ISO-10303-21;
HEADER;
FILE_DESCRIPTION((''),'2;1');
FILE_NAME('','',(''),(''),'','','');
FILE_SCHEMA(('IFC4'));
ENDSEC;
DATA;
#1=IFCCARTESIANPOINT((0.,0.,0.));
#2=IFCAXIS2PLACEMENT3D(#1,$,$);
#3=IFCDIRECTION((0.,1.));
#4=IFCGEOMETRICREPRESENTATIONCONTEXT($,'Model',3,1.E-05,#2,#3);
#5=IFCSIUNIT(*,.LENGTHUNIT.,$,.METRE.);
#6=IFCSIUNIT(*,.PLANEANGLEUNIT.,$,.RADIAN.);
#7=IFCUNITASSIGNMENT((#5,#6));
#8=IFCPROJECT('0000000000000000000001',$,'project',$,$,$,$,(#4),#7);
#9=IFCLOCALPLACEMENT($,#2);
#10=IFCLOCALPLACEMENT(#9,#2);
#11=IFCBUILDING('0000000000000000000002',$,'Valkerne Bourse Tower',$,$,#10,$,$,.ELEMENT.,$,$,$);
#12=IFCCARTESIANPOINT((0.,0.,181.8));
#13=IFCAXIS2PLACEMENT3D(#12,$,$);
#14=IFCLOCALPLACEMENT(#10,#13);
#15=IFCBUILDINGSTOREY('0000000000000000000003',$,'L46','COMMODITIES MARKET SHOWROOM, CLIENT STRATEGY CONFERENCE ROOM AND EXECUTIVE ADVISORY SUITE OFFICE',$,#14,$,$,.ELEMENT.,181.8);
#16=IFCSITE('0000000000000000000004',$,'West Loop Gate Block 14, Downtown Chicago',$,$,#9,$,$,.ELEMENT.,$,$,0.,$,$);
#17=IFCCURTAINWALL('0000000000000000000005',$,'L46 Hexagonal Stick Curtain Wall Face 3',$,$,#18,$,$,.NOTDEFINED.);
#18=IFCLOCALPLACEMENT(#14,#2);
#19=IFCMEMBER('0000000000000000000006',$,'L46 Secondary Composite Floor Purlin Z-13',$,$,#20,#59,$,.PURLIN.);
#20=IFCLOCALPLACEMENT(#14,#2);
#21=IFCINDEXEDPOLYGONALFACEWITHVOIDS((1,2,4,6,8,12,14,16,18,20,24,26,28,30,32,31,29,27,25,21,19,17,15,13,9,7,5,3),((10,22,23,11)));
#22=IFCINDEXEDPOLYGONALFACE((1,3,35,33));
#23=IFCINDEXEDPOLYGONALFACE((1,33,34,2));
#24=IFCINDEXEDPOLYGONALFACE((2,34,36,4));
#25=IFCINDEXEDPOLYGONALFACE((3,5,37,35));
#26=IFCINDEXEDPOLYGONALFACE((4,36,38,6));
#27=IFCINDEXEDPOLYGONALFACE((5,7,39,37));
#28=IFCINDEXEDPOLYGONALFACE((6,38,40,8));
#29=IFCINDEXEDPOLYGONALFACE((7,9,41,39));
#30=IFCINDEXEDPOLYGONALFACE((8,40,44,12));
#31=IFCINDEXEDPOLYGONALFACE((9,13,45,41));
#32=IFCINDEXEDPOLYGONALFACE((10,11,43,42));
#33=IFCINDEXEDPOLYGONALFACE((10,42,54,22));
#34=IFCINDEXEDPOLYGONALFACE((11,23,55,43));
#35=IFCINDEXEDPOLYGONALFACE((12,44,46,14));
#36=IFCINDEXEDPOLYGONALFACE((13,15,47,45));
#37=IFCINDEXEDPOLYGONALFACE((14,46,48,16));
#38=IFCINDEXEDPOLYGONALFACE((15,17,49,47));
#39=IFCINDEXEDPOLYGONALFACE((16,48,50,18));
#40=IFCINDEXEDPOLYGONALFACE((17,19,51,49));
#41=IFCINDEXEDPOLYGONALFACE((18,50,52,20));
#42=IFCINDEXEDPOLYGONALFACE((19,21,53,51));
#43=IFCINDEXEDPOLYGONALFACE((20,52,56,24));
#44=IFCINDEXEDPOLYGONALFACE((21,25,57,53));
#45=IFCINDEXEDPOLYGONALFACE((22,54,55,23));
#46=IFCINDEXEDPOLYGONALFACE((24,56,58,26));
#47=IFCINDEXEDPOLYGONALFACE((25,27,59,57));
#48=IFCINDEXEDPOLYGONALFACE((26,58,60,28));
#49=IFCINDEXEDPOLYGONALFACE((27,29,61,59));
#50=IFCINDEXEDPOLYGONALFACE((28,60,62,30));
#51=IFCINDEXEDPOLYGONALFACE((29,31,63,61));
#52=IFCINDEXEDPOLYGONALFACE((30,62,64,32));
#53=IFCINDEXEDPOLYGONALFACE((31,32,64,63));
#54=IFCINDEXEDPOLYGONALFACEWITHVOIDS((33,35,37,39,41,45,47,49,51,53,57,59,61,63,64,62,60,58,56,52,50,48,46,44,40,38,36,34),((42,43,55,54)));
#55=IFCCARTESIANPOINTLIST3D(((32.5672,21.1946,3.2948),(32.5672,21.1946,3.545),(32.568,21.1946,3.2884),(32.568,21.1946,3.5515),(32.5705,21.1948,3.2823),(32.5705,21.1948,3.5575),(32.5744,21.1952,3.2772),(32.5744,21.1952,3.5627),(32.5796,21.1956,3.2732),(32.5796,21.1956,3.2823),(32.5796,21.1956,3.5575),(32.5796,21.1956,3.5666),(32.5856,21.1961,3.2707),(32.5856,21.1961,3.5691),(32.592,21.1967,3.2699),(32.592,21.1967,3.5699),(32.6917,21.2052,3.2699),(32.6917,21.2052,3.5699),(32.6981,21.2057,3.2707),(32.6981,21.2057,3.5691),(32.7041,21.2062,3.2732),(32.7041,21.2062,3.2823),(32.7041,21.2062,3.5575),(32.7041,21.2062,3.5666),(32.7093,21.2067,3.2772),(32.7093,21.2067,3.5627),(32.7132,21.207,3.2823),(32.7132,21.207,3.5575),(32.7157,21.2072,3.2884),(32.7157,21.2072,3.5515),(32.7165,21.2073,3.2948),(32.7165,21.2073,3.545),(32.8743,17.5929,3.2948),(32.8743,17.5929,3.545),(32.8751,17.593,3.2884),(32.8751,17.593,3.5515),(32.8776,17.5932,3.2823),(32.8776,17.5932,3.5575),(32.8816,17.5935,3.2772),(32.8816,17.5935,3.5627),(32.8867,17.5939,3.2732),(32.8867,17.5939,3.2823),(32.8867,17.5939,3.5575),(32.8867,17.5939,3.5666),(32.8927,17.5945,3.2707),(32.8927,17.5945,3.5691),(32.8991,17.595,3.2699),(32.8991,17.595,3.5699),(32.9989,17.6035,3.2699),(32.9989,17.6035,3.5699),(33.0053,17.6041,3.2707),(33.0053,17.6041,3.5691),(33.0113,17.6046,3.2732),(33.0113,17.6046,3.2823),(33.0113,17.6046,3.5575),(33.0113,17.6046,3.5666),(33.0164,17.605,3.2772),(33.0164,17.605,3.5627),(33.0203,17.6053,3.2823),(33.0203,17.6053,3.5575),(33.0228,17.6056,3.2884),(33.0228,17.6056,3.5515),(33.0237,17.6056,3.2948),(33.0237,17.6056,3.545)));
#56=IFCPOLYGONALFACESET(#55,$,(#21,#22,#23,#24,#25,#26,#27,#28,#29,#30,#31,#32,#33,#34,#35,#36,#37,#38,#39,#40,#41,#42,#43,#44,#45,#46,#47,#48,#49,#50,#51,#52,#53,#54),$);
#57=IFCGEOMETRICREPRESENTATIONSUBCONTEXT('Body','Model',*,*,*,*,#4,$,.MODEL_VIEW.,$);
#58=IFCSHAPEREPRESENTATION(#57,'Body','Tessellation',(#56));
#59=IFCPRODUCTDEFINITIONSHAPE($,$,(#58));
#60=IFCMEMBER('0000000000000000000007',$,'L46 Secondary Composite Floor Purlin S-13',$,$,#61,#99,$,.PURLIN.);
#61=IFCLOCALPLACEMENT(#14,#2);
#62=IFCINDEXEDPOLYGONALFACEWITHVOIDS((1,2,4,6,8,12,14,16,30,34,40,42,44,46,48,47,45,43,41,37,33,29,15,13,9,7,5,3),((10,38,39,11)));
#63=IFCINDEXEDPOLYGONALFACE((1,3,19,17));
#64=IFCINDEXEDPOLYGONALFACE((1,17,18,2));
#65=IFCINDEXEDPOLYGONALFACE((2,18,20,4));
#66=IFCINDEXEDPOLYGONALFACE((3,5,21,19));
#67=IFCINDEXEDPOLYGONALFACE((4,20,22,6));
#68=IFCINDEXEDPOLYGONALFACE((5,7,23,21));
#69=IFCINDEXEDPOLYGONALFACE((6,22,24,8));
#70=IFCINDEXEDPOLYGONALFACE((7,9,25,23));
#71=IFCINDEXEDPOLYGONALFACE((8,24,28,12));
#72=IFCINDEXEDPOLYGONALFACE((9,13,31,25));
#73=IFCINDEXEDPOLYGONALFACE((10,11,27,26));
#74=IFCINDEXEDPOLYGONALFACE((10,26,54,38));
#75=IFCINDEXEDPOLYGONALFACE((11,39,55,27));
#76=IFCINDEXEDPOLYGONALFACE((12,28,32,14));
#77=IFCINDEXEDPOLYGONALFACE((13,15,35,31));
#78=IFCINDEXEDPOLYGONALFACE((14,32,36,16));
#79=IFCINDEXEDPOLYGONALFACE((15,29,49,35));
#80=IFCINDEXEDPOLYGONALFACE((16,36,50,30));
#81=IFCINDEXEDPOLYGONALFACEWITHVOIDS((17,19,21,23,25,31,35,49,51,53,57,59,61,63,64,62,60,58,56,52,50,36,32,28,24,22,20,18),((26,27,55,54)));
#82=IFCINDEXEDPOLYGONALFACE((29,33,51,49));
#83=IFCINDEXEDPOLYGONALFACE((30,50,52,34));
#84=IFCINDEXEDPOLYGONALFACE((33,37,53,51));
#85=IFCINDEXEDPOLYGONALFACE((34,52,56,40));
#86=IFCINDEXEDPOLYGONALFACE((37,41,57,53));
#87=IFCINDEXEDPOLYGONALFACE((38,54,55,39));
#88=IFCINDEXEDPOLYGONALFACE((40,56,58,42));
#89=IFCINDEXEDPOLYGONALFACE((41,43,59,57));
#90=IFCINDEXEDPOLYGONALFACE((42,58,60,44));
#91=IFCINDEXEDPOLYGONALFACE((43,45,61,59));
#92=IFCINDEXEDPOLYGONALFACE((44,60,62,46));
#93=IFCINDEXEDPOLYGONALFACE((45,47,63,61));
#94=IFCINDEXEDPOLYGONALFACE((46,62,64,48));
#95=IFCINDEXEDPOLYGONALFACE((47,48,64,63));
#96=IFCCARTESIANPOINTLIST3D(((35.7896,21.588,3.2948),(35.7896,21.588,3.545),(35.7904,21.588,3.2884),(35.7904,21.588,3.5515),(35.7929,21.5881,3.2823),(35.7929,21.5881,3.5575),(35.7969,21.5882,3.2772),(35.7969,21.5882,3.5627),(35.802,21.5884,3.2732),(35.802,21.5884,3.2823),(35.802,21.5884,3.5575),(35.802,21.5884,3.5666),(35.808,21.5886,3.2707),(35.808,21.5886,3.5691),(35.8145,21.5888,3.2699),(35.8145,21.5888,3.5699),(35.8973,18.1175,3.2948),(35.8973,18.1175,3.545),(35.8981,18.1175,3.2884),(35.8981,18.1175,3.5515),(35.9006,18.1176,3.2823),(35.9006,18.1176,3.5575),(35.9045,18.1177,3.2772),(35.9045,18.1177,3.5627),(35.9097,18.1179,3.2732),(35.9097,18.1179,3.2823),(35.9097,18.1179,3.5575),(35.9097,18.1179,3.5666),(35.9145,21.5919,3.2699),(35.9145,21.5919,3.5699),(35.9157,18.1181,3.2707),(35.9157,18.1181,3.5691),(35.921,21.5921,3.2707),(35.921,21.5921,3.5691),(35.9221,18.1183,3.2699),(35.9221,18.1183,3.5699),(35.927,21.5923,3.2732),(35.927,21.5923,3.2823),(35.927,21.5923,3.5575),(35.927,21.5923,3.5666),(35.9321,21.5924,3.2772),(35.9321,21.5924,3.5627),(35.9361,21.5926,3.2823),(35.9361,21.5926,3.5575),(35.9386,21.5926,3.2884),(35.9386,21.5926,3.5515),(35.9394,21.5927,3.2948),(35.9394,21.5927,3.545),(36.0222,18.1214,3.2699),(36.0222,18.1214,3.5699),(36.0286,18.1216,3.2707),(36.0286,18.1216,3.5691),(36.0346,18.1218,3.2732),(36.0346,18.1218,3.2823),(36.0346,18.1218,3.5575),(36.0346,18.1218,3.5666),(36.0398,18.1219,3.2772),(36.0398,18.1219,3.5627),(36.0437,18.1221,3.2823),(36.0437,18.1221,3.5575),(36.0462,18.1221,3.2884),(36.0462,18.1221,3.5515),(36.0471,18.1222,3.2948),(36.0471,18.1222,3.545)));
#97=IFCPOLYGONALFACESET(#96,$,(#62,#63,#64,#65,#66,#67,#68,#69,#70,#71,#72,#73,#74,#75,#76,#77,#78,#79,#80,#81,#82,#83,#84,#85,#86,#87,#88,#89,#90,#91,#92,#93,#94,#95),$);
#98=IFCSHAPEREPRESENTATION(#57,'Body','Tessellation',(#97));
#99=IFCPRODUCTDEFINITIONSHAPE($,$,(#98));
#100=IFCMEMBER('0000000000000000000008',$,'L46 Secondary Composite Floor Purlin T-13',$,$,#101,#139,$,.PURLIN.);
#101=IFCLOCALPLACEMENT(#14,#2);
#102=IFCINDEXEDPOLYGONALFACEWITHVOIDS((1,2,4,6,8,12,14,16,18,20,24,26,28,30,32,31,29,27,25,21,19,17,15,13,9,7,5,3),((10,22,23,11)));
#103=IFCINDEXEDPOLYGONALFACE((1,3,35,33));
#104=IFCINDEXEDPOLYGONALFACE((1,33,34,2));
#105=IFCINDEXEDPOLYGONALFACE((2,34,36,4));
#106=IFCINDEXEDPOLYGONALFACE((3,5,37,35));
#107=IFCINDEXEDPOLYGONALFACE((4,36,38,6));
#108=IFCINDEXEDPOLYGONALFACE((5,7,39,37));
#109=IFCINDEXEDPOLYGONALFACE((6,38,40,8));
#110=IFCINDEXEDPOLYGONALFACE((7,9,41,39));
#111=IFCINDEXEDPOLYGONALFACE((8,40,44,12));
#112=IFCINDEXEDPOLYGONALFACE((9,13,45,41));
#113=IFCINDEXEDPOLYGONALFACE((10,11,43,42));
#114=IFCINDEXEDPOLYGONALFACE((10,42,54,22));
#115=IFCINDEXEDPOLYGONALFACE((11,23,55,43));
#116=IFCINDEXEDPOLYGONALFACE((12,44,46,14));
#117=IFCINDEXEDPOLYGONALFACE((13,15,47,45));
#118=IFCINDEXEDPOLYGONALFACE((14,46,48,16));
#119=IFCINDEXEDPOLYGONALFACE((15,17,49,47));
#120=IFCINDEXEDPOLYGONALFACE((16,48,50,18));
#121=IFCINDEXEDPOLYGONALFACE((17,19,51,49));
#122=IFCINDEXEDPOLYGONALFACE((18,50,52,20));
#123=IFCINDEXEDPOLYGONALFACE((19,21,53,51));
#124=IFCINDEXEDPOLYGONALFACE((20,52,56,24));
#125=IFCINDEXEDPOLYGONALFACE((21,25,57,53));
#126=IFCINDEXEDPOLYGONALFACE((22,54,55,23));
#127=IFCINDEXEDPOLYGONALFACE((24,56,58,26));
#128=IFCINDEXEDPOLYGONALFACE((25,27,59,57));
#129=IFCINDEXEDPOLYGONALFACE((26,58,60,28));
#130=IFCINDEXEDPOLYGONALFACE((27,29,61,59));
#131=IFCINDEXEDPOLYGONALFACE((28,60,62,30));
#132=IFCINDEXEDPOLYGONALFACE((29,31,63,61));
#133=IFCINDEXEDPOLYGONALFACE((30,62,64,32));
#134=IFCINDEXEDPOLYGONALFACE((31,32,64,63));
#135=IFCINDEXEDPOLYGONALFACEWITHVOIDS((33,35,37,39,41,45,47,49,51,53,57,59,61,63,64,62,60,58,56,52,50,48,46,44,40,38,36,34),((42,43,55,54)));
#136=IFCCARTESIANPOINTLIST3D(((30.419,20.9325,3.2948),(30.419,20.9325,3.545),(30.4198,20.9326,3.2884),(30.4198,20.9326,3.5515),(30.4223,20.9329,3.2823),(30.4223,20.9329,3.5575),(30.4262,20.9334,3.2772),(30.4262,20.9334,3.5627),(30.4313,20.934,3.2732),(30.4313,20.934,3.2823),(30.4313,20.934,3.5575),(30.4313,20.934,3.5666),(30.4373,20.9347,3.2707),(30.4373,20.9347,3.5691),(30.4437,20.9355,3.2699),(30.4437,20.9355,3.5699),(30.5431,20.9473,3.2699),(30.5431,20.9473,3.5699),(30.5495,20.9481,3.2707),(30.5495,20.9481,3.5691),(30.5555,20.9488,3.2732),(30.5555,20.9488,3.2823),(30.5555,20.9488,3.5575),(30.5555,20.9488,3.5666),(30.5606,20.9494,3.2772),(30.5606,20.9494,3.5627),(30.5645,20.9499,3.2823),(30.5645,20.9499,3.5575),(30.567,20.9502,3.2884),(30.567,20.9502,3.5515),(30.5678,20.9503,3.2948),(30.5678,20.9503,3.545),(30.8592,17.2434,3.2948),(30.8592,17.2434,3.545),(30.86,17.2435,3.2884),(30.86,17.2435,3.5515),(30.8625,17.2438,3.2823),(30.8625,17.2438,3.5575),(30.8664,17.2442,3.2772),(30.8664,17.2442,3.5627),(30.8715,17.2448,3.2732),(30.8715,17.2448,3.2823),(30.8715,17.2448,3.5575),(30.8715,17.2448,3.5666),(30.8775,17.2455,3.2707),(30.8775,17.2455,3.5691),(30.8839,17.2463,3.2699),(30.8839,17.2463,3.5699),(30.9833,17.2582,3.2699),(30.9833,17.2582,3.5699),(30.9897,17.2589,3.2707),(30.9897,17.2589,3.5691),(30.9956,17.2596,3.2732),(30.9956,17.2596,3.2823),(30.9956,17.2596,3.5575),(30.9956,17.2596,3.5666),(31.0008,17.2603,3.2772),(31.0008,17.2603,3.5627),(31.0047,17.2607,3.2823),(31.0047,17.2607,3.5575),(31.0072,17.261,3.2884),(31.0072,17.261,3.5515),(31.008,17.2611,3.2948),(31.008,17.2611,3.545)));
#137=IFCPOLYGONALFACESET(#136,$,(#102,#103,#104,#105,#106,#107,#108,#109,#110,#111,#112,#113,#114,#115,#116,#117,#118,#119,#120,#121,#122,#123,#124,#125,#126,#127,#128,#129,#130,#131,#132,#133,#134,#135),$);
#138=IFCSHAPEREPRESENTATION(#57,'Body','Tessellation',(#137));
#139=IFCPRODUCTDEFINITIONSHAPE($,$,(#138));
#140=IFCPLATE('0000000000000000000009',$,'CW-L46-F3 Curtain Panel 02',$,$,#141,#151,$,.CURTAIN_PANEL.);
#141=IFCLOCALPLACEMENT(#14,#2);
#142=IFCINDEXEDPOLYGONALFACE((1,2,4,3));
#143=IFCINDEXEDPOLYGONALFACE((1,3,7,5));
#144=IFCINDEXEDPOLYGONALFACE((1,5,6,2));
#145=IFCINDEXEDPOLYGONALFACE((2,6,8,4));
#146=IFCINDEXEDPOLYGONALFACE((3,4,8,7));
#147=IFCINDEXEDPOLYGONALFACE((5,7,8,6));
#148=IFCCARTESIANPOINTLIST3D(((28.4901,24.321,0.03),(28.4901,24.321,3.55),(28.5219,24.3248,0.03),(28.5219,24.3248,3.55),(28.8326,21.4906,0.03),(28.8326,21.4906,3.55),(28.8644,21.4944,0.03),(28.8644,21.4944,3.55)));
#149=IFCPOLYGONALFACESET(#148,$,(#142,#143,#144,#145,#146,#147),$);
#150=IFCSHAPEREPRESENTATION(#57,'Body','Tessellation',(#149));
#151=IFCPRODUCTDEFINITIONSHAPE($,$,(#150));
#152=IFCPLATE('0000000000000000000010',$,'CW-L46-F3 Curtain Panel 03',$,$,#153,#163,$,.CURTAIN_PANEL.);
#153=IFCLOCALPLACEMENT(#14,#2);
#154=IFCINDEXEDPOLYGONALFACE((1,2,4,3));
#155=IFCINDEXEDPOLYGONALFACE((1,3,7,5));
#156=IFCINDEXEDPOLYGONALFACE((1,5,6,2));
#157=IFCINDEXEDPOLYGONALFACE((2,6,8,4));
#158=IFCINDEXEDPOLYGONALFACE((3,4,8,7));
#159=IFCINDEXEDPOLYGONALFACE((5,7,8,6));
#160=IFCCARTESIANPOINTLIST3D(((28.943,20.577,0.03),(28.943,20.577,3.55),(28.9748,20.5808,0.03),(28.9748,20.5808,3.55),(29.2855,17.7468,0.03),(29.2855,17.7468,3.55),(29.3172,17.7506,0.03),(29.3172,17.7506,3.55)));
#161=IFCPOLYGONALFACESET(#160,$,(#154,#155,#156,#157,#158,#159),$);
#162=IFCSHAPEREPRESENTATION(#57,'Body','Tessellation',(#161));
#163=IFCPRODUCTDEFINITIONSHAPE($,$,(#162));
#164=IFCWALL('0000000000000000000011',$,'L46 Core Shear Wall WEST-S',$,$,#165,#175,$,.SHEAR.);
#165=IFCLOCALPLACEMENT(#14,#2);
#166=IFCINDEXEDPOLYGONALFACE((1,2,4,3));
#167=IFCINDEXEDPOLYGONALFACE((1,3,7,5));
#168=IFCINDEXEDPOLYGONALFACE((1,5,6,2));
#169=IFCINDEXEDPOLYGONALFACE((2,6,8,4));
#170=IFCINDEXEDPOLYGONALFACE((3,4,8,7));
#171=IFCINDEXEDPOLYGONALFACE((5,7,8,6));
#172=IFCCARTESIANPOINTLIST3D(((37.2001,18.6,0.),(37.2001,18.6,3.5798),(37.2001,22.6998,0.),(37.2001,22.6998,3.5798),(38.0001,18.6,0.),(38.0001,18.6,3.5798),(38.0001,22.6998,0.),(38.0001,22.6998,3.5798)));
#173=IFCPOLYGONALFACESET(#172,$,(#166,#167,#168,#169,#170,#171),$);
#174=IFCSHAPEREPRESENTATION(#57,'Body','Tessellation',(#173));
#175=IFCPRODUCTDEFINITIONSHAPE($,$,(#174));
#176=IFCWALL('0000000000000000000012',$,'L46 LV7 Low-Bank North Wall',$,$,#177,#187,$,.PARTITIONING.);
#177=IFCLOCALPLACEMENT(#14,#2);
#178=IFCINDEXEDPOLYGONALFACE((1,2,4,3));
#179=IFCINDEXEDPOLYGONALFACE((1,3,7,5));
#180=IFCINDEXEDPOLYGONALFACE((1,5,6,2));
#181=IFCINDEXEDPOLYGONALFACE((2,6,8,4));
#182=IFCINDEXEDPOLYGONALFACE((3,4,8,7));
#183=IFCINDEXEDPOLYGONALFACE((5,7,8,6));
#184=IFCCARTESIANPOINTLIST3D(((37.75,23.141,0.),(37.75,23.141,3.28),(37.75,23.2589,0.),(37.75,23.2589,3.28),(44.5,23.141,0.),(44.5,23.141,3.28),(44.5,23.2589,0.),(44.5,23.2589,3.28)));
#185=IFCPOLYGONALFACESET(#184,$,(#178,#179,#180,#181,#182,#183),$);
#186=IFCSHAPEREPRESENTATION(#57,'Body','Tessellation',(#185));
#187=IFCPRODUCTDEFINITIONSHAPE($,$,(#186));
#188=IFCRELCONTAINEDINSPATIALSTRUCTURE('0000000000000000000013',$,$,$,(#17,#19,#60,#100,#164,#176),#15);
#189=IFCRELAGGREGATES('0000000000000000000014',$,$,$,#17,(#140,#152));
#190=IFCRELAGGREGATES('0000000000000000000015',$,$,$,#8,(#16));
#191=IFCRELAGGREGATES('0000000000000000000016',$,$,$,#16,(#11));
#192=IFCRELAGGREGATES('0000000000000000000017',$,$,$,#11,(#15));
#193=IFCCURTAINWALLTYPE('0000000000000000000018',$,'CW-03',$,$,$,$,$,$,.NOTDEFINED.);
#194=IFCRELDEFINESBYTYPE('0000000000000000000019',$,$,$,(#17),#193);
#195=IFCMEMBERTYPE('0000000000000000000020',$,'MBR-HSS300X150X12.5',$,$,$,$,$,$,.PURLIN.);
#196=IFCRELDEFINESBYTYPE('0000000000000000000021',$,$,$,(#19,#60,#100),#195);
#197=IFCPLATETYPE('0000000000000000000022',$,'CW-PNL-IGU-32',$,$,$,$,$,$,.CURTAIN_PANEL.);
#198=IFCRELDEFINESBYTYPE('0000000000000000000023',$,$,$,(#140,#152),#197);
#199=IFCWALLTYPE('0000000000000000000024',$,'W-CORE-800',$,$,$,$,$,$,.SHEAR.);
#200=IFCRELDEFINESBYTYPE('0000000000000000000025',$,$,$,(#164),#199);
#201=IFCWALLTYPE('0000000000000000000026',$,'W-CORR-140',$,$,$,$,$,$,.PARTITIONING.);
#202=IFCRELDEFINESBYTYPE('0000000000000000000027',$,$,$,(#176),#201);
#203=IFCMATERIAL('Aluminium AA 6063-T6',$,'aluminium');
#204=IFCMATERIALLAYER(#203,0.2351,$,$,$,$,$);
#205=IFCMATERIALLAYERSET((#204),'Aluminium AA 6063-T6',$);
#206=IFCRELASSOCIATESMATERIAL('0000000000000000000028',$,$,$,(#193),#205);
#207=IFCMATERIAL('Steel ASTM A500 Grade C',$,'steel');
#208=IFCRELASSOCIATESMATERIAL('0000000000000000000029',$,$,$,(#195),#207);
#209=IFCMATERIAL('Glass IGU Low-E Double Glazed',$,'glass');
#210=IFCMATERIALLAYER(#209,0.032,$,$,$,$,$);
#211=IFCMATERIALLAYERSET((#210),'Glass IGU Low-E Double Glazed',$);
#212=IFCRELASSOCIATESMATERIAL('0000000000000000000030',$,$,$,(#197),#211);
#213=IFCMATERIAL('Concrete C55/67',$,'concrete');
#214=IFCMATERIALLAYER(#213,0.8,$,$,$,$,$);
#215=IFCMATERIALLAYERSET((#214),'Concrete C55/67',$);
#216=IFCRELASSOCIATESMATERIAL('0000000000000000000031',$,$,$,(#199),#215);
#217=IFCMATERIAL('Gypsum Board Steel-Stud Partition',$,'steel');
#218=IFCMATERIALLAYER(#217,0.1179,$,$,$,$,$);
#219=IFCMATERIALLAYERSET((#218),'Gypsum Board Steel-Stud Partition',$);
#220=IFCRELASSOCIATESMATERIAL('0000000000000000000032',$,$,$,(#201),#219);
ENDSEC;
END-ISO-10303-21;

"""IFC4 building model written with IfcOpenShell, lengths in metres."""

from ifc_helpers import new_model, si_unit, direction, frame, frame_2d, origin, origin_2d, place, context, subcontext, project, spatial, rectangle, hollow_rectangle, extrude, material, layer, layer_set, material_profile, profile_set, type_object, element, aggregate, save


model = new_model("IFC4")

# Units and contexts
model_context = context("Model", 3, precision=1e-05, world=origin(), true_north=direction((0.0, 1.0)))
body_context = subcontext(model_context, "Body", "Model", "MODEL_VIEW")
ifc_project = project(units=[si_unit("LENGTHUNIT", "METRE"), si_unit("PLANEANGLEUNIT", "RADIAN")], contexts=[model_context])

# Site, building, storey
site_placement = place(None, origin())
site = spatial("IfcSite", under=ifc_project, at=site_placement, Name="West Loop Gate Block 14, Downtown Chicago", CompositionType="ELEMENT", RefElevation=0.0)
building_placement = place(site_placement, origin())
building = spatial("IfcBuilding", under=site, at=building_placement, Name="Valkerne Bourse Tower", CompositionType="ELEMENT")
storey_placement = place(building_placement, frame((0.0, 0.0, 181.8)))
storey = spatial("IfcBuildingStorey", under=building, at=storey_placement, Name="L46", Description="COMMODITIES MARKET SHOWROOM, CLIENT STRATEGY CONFERENCE ROOM AND EXECUTIVE ADVISORY SUITE OFFICE", CompositionType="ELEMENT", Elevation=181.8)

# Curtain wall
ifc_material_1 = material(Name="Aluminium AA 6063-T6", Category="aluminium")
ifc_layer_1 = layer(ifc_material_1, 0.2351)
ifc_layer_set_1 = layer_set([ifc_layer_1], Name="Aluminium AA 6063-T6")
curtain_wall_type = type_object("IfcCurtainWallType", Name="CW-03", PredefinedType="NOTDEFINED", material=ifc_layer_set_1)
curtain_wall_placement = place(storey_placement, origin())
curtain_wall = element("IfcCurtainWall", 1, at=curtain_wall_placement, inside=storey, type_object=curtain_wall_type, Name="L46 Hexagonal Stick Curtain Wall Face 3", PredefinedType="NOTDEFINED")

# Members
ifc_material_2 = material(Name="Steel ASTM A500 Grade C", Category="steel")
ifc_material_profile_1 = material_profile(ifc_material_2, hollow_rectangle(XDim=0.1499, YDim=0.3, WallThickness=0.0125, OuterFilletRadius=0.0249, at=origin_2d()), Name="HSS300X150X12.5")
ifc_profile_set_1 = profile_set([ifc_material_profile_1], Name="Steel ASTM A500 Grade C")
member_type_1 = type_object("IfcMemberType", Name="MBR-HSS300X150X12.5", PredefinedType="PURLIN", material=ifc_profile_set_1)
member_1_placement = place(storey_placement, frame((32.6418, 21.2009, 3.4199), z_axis=(0.084968, -0.996384, 0.0), x_axis=(0.996384, 0.084968, 0.0)))
element("IfcMember", 2, at=member_1_placement, inside=storey, type_object=member_type_1, Name="L46 Secondary Composite Floor Purlin Z-13", PredefinedType="PURLIN", context=body_context, shape_type="SweptSolid", body=[
    extrude(hollow_rectangle(XDim=0.1499, YDim=0.3, WallThickness=0.0125, OuterFilletRadius=0.0249, at=origin_2d()), origin(), (0.0, 0.0, 1.0), 3.6147),
])
member_2_placement = place(storey_placement, frame((35.8645, 21.5903, 3.4199), z_axis=(0.031009, -0.999519, 0.0), x_axis=(0.999519, 0.031009, 0.0)))
element("IfcMember", 3, at=member_2_placement, inside=storey, type_object=member_type_1, Name="L46 Secondary Composite Floor Purlin S-13", PredefinedType="PURLIN", context=body_context, shape_type="SweptSolid", body=[
    extrude(hollow_rectangle(XDim=0.1499, YDim=0.3, WallThickness=0.0125, OuterFilletRadius=0.0249, at=origin_2d()), origin(), (0.0, 0.0, 1.0), 3.4722),
])
member_3_placement = place(storey_placement, frame((30.4934, 20.9414, 3.4199), z_axis=(0.118477, -0.992957, 0.0), x_axis=(0.992957, 0.118477, 0.0)))
element("IfcMember", 4, at=member_3_placement, inside=storey, type_object=member_type_1, Name="L46 Secondary Composite Floor Purlin T-13", PredefinedType="PURLIN", context=body_context, shape_type="SweptSolid", body=[
    extrude(hollow_rectangle(XDim=0.1499, YDim=0.3, WallThickness=0.0125, OuterFilletRadius=0.0249, at=origin_2d()), origin(), (0.0, 0.0, 1.0), 3.7153),
])

# Plates
ifc_material_3 = material(Name="Glass IGU Low-E Double Glazed", Category="glass")
ifc_layer_2 = layer(ifc_material_3, 0.032)
ifc_layer_set_2 = layer_set([ifc_layer_2], Name="Glass IGU Low-E Double Glazed")
plate_type = type_object("IfcPlateType", Name="CW-PNL-IGU-32", PredefinedType="CURTAIN_PANEL", material=ifc_layer_set_2)
plate_1_placement = place(storey_placement, frame((28.6772, 22.9077, 0.03), z_axis=(0.0, 0.0, 1.0), x_axis=(0.120127, -0.992759, 0.0)))
plate_1 = element("IfcPlate", 5, at=plate_1_placement, type_object=plate_type, Name="CW-L46-F3 Curtain Panel 02", PredefinedType="CURTAIN_PANEL", context=body_context, shape_type="SweptSolid", body=[
    extrude(rectangle(XDim=2.8511, YDim=0.032, at=origin_2d()), origin(), (0.0, 0.0, 1.0), 3.52),
])
plate_2_placement = place(storey_placement, frame((29.1301, 19.1638, 0.03), z_axis=(0.0, 0.0, 1.0), x_axis=(0.12013, -0.992758, 0.0)))
plate_2 = element("IfcPlate", 6, at=plate_2_placement, type_object=plate_type, Name="CW-L46-F3 Curtain Panel 03", PredefinedType="CURTAIN_PANEL", context=body_context, shape_type="SweptSolid", body=[
    extrude(rectangle(XDim=2.8508, YDim=0.032, at=origin_2d()), origin(), (0.0, 0.0, 1.0), 3.52),
])
aggregate(curtain_wall, [plate_1, plate_2])

# Walls
ifc_material_4 = material(Name="Concrete C55/67", Category="concrete")
ifc_layer_3 = layer(ifc_material_4, 0.8)
ifc_layer_set_3 = layer_set([ifc_layer_3], Name="Concrete C55/67")
wall_type_1 = type_object("IfcWallType", Name="W-CORE-800", PredefinedType="SHEAR", material=ifc_layer_set_3)
wall_1_placement = place(storey_placement, frame((37.6001, 18.6001, 0.0), z_axis=(0.0, 0.0, 1.0), x_axis=(0.0, 1.0, 0.0)))
element("IfcWall", 7, at=wall_1_placement, inside=storey, type_object=wall_type_1, Name="L46 Core Shear Wall WEST-S", PredefinedType="SHEAR", context=body_context, shape_type="SweptSolid", body=[
    extrude(rectangle(XDim=4.0999, YDim=0.8, at=frame_2d((2.0498, 0.0))), origin(), (0.0, 0.0, 1.0), 3.5798),
])
ifc_material_5 = material(Name="Gypsum Board Steel-Stud Partition", Category="steel")
ifc_layer_4 = layer(ifc_material_5, 0.1179)
ifc_layer_set_4 = layer_set([ifc_layer_4], Name="Gypsum Board Steel-Stud Partition")
wall_type_2 = type_object("IfcWallType", Name="W-CORR-140", PredefinedType="PARTITIONING", material=ifc_layer_set_4)
wall_2_placement = place(storey_placement, frame((37.75, 23.2, 0.0), z_axis=(0.0, 0.0, 1.0), x_axis=(1.0, 0.0, 0.0)))
element("IfcWall", 8, at=wall_2_placement, inside=storey, type_object=wall_type_2, Name="L46 LV7 Low-Bank North Wall", PredefinedType="PARTITIONING", context=body_context, shape_type="SweptSolid", body=[
    extrude(rectangle(XDim=6.75, YDim=0.1179, at=frame_2d((3.375, 0.0))), origin(), (0.0, 0.0, 1.0), 3.28),
])

save(model, "model.ifc")
